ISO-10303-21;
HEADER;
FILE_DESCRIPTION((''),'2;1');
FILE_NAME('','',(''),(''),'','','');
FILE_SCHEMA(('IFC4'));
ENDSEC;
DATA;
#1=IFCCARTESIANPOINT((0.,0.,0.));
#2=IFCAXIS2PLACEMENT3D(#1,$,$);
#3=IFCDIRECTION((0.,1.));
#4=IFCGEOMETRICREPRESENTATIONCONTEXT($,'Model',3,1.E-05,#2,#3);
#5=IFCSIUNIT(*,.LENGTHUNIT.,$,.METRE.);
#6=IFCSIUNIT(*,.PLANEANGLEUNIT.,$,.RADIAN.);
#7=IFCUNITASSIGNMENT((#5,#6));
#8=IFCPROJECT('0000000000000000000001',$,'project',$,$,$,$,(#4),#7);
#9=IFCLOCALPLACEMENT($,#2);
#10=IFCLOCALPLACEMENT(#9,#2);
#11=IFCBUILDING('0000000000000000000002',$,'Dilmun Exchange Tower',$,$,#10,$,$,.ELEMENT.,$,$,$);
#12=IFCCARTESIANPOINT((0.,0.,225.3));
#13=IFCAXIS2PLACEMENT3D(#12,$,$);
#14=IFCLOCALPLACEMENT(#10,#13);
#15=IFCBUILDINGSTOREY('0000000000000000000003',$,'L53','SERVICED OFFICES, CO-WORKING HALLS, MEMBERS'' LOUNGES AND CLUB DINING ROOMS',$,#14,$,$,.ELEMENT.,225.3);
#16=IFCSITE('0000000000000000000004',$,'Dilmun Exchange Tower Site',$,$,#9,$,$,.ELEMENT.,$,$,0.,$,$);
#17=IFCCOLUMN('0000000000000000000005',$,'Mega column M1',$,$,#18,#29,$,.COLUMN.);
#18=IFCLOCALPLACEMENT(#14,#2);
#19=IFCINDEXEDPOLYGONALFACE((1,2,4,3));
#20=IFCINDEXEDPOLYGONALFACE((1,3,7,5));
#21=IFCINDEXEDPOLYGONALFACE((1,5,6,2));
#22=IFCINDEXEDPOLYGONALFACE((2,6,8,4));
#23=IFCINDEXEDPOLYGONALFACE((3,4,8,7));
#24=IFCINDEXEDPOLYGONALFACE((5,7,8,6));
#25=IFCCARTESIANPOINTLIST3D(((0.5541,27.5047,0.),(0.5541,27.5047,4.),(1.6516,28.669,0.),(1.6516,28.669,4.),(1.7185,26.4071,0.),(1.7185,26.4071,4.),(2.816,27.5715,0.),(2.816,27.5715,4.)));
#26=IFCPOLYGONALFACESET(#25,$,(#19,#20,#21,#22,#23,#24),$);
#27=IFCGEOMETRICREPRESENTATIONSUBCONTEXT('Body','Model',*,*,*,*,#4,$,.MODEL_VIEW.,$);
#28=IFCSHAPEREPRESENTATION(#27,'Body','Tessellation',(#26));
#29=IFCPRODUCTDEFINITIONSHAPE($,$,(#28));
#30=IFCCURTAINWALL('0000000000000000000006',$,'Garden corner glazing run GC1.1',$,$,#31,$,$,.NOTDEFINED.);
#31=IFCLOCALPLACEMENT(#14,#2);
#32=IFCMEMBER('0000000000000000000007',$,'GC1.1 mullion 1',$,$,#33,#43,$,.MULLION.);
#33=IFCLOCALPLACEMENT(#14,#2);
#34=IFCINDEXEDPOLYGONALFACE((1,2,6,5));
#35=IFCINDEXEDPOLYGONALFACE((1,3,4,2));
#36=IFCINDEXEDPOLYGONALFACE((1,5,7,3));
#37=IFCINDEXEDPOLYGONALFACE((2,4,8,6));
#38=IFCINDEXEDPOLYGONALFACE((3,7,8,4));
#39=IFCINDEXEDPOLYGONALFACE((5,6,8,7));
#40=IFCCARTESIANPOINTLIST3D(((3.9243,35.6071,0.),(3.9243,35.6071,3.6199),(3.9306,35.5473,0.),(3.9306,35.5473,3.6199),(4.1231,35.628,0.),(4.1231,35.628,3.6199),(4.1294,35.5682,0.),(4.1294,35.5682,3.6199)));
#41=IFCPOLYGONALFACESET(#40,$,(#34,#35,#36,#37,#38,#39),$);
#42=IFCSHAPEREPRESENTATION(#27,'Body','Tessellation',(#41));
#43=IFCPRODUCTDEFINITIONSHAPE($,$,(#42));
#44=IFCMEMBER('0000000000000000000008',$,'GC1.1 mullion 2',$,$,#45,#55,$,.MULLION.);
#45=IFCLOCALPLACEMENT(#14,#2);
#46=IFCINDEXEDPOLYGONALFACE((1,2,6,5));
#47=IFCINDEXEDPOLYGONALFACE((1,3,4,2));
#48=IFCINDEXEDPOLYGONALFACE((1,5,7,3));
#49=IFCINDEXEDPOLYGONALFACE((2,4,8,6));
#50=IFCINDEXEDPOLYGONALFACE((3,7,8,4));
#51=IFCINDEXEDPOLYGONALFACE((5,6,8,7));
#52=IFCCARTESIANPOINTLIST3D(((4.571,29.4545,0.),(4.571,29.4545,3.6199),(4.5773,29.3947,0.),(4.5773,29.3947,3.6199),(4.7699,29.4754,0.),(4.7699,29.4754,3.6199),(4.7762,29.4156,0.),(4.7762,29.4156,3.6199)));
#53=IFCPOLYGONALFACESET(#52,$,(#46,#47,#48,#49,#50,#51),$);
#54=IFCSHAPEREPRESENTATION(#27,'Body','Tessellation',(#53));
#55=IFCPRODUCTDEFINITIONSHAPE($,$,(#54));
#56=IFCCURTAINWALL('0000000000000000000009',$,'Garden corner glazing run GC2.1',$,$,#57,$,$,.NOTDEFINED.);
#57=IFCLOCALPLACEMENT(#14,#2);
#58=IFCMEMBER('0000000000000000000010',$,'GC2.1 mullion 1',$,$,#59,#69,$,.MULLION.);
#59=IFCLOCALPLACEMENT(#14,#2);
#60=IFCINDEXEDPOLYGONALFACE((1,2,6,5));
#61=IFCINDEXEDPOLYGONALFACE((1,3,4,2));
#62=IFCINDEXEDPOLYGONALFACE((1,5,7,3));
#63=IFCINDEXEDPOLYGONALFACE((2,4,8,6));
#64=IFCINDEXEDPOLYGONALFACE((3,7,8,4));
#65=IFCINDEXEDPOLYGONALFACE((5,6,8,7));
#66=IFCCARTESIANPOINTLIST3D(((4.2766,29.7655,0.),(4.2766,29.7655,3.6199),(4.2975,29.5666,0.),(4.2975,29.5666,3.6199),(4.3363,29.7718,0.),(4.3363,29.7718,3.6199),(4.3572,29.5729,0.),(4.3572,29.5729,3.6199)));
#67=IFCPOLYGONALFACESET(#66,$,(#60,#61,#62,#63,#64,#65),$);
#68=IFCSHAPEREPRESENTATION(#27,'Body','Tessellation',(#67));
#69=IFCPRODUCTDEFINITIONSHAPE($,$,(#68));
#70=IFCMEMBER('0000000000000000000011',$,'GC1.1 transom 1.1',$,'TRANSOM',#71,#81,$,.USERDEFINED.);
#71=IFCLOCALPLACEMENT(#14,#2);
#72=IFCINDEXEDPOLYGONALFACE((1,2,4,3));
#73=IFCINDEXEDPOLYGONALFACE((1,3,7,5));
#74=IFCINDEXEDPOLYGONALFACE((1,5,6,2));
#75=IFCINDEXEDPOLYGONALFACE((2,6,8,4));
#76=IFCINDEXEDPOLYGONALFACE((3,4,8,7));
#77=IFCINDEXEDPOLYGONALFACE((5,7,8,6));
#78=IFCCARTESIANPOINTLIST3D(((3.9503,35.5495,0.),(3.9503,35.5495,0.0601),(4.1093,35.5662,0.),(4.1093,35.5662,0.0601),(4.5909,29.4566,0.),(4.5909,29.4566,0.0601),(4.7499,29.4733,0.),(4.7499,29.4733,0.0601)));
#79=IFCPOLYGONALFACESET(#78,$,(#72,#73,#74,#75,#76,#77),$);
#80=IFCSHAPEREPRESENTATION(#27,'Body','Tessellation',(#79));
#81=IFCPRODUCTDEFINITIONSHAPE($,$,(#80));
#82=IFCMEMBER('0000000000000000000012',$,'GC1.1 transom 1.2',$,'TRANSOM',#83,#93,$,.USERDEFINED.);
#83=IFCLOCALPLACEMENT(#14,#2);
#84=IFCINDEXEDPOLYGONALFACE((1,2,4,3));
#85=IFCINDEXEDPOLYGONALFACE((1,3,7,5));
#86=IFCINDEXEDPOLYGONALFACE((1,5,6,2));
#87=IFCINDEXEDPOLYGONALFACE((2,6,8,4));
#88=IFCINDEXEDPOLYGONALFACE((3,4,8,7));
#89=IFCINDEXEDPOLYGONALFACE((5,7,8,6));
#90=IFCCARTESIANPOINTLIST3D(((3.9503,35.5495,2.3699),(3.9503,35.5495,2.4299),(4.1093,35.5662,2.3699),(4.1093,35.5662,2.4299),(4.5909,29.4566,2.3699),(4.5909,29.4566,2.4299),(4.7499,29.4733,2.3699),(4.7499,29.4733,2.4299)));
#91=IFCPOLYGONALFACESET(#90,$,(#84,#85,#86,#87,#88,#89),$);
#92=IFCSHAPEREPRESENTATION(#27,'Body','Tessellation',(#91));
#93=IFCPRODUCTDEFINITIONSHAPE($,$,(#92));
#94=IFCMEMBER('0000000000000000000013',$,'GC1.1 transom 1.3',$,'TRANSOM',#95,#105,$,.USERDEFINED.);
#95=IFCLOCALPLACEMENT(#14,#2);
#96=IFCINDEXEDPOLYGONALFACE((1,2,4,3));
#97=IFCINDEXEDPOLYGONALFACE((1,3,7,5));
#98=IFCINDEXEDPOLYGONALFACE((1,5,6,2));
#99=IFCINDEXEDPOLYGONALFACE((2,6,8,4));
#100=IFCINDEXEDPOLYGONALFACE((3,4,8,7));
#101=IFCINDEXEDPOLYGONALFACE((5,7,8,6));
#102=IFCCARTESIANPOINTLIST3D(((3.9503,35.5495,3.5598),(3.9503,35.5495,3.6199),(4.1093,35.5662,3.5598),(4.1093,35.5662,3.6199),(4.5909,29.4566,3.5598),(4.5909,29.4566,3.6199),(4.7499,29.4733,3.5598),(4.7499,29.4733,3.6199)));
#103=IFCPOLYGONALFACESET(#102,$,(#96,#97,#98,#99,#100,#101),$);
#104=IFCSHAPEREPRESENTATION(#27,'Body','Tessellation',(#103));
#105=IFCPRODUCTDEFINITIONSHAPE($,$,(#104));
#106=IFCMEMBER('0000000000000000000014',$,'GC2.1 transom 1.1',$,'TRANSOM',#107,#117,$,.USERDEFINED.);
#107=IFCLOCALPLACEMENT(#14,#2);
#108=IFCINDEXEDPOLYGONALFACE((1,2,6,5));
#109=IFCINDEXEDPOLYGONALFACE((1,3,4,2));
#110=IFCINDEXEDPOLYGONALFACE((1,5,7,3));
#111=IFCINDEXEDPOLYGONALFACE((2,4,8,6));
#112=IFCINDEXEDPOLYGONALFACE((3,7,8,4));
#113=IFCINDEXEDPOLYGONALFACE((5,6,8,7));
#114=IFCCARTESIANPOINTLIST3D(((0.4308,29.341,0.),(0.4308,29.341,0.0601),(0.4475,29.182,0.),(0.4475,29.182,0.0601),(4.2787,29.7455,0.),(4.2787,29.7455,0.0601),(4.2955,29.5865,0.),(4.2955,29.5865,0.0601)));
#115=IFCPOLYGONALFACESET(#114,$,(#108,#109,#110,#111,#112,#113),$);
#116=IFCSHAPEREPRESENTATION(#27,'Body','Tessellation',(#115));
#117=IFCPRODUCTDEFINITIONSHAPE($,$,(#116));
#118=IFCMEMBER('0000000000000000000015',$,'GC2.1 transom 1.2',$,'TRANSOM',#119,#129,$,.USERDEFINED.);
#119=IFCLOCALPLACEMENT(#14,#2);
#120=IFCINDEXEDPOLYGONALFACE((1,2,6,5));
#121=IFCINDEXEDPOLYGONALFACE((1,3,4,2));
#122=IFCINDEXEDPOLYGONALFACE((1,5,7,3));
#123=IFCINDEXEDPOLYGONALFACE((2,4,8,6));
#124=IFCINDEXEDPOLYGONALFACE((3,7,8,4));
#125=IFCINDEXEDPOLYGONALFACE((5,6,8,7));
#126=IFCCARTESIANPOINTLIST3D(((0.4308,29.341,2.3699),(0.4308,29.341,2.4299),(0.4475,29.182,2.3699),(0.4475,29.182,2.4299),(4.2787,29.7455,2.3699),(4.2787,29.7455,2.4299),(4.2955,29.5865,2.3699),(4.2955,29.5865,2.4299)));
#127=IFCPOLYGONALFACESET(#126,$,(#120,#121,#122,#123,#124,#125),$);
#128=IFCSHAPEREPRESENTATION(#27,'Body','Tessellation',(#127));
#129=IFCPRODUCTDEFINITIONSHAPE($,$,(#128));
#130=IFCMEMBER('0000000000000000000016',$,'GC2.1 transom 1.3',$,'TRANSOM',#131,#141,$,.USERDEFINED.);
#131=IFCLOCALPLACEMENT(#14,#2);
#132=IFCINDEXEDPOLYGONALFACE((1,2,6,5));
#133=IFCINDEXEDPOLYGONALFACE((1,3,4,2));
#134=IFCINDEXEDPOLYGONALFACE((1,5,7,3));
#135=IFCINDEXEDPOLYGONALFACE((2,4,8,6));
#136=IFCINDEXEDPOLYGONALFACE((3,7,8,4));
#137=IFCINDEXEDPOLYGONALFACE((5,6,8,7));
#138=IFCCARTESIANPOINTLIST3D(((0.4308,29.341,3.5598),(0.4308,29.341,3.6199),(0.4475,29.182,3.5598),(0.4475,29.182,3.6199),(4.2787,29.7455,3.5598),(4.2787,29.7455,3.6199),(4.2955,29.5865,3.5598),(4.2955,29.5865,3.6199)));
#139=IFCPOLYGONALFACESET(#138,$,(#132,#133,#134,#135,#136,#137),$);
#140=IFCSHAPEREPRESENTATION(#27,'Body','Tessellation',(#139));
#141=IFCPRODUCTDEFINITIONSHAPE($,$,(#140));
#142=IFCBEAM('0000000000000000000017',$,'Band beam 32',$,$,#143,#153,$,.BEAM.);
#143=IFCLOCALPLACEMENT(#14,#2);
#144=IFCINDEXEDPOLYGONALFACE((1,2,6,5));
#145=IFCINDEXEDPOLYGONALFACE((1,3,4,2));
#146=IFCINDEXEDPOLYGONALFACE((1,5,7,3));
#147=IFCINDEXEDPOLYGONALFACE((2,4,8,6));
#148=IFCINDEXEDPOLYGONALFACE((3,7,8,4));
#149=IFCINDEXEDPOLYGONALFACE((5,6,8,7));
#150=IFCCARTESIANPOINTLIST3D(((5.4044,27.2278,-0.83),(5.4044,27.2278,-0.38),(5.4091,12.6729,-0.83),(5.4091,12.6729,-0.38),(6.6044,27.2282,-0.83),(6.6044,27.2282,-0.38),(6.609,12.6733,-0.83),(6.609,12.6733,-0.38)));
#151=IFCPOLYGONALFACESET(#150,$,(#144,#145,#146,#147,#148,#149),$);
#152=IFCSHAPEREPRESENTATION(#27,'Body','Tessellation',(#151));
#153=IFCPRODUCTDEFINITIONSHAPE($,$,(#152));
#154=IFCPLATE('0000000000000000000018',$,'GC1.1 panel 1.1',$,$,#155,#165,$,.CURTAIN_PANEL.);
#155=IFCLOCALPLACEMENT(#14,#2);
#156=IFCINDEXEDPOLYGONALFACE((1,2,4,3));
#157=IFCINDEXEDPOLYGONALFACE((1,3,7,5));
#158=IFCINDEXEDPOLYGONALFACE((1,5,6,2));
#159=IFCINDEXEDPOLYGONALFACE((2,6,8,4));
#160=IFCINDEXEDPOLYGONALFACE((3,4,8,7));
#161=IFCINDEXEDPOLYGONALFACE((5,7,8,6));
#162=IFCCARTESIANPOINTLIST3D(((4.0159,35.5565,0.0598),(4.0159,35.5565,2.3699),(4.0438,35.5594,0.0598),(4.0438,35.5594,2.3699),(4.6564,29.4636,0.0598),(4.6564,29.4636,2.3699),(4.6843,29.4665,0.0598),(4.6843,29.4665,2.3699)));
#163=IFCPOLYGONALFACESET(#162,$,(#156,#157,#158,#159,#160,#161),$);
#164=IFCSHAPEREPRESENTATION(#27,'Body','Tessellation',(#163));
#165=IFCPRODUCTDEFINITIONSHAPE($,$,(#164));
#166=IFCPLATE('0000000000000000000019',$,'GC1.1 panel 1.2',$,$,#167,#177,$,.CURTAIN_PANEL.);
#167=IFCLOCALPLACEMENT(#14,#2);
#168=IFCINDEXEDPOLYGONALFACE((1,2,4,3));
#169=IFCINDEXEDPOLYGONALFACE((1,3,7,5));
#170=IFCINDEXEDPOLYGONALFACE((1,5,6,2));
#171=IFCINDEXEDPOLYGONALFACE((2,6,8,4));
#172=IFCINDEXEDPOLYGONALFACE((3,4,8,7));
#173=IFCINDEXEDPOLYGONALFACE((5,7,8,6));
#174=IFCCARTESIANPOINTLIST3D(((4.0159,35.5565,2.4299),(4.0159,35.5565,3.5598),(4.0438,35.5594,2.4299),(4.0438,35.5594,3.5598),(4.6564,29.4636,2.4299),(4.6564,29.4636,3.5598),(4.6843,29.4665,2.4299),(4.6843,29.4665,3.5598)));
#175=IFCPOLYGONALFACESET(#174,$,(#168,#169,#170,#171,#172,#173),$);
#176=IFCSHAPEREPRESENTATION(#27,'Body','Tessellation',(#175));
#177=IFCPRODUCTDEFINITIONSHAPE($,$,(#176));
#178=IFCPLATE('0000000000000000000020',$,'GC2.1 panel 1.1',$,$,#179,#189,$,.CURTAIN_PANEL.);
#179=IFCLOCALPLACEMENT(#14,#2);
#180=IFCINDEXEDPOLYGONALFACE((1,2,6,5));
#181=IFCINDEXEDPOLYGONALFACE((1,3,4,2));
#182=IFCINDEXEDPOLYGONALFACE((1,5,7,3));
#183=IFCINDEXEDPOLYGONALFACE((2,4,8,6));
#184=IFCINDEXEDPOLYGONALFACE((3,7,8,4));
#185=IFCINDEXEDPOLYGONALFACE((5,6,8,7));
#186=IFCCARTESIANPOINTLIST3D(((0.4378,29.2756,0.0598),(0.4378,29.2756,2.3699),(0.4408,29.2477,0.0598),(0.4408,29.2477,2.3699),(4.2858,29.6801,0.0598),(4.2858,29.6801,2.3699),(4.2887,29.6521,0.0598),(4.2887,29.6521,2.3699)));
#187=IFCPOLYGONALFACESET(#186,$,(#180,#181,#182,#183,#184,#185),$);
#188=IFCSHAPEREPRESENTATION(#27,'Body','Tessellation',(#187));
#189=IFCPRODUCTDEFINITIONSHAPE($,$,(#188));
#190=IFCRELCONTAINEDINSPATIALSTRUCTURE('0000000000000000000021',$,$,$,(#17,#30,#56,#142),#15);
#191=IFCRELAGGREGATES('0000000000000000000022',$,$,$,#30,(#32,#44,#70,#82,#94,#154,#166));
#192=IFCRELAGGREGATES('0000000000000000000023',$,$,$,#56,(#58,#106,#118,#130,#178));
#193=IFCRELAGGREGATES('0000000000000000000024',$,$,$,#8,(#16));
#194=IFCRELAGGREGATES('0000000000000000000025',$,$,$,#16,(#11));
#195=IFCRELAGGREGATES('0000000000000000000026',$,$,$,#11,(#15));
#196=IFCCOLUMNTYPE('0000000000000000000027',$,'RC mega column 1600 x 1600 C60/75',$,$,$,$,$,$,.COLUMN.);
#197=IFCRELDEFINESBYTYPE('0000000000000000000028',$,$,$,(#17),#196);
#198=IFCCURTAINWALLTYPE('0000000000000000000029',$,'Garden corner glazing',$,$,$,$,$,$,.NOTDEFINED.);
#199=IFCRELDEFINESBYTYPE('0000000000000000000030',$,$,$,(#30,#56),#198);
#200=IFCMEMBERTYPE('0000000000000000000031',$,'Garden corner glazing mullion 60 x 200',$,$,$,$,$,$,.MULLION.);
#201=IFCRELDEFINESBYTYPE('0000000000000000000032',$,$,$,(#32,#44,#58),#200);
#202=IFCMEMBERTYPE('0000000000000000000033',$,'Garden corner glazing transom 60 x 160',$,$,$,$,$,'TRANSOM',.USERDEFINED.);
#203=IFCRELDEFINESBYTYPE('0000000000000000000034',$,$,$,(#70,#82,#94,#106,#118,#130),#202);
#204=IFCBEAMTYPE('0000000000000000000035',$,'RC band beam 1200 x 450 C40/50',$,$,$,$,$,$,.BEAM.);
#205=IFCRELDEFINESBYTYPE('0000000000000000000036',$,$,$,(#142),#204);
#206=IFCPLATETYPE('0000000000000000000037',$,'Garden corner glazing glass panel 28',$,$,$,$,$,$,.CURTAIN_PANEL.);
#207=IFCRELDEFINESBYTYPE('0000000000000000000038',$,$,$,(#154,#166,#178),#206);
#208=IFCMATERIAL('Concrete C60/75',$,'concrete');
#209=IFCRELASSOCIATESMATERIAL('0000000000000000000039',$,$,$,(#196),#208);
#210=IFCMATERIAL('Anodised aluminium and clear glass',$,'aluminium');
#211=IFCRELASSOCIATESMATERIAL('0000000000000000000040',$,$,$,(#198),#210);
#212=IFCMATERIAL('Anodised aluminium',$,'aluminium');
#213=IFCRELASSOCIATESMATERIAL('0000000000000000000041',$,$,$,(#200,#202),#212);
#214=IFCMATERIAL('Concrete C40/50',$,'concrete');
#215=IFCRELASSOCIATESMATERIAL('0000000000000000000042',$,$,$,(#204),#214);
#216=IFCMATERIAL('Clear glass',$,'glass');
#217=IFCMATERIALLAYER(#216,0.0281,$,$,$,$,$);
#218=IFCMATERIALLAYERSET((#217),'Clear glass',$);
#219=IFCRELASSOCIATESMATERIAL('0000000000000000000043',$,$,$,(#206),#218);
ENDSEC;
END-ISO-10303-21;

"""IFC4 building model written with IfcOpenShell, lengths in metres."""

from ifc_helpers import new_model, si_unit, direction, frame, origin, origin_2d, place, context, subcontext, project, spatial, rectangle, extrude, material, layer, layer_set, material_profile, profile_set, type_object, element, aggregate, save


model = new_model("IFC4")

# Units and contexts
model_context = context("Model", 3, precision=1e-05, world=origin(), true_north=direction((0.0, 1.0)))
body_context = subcontext(model_context, "Body", "Model", "MODEL_VIEW")
ifc_project = project(units=[si_unit("LENGTHUNIT", "METRE"), si_unit("PLANEANGLEUNIT", "RADIAN")], contexts=[model_context])

# Site, building, storey
site_placement = place(None, origin())
site = spatial("IfcSite", under=ifc_project, at=site_placement, Name="Dilmun Exchange Tower Site", CompositionType="ELEMENT", RefElevation=0.0)
building_placement = place(site_placement, origin())
building = spatial("IfcBuilding", under=site, at=building_placement, Name="Dilmun Exchange Tower", CompositionType="ELEMENT")
storey_placement = place(building_placement, frame((0.0, 0.0, 225.3)))
storey = spatial("IfcBuildingStorey", under=building, at=storey_placement, Name="L53", Description="SERVICED OFFICES, CO-WORKING HALLS, MEMBERS' LOUNGES AND CLUB DINING ROOMS", CompositionType="ELEMENT", Elevation=225.3)

# Column
ifc_material_1 = material(Name="Concrete C60/75", Category="concrete")
ifc_material_profile_1 = material_profile(ifc_material_1, rectangle(XDim=1.6001, YDim=1.6001, at=origin_2d()), Name="1600 x 1600")
ifc_profile_set_1 = profile_set([ifc_material_profile_1], Name="Concrete C60/75")
column_type = type_object("IfcColumnType", Name="RC mega column 1600 x 1600 C60/75", PredefinedType="COLUMN", material=ifc_profile_set_1)
column_placement = place(storey_placement, frame((1.6851, 27.5381, 0.0), z_axis=(0.0, 0.0, 1.0), x_axis=(0.685916, 0.727681, 0.0)))
element("IfcColumn", 1, at=column_placement, inside=storey, type_object=column_type, Name="Mega column M1", PredefinedType="COLUMN", context=body_context, shape_type="SweptSolid", body=[
    extrude(rectangle(XDim=1.6001, YDim=1.6001, at=origin_2d()), origin(), (0.0, 0.0, 1.0), 4.0),
])

# Curtain wall, members
ifc_material_2 = material(Name="Anodised aluminium and clear glass", Category="aluminium")
curtain_wall_type = type_object("IfcCurtainWallType", Name="Garden corner glazing", PredefinedType="NOTDEFINED", material=ifc_material_2)
curtain_wall_1_placement = place(storey_placement, origin())
curtain_wall_1 = element("IfcCurtainWall", 2, at=curtain_wall_1_placement, inside=storey, type_object=curtain_wall_type, Name="Garden corner glazing run GC1.1", PredefinedType="NOTDEFINED")
ifc_material_3 = material(Name="Anodised aluminium", Category="aluminium")
ifc_material_profile_2 = material_profile(ifc_material_3, rectangle(XDim=0.2, YDim=0.0601, at=origin_2d()), Name="AL 60x200")
ifc_profile_set_2 = profile_set([ifc_material_profile_2], Name="Anodised aluminium")
member_type_1 = type_object("IfcMemberType", Name="Garden corner glazing mullion 60 x 200", PredefinedType="MULLION", material=ifc_profile_set_2)
member_1_placement = place(storey_placement, frame((4.0269, 35.5876, 0.0), z_axis=(0.0, 0.0, 1.0), x_axis=(0.994521, 0.10454, 0.0)))
member_1 = element("IfcMember", 3, at=member_1_placement, type_object=member_type_1, Name="GC1.1 mullion 1", PredefinedType="MULLION", context=body_context, shape_type="SweptSolid", body=[
    extrude(rectangle(XDim=0.2, YDim=0.0601, at=origin_2d()), origin(), (0.0, 0.0, 1.0), 3.6199),
])
member_2_placement = place(storey_placement, frame((4.6736, 29.4351, 0.0), z_axis=(0.0, 0.0, 1.0), x_axis=(0.994521, 0.10454, 0.0)))
member_2 = element("IfcMember", 4, at=member_2_placement, type_object=member_type_1, Name="GC1.1 mullion 2", PredefinedType="MULLION", context=body_context, shape_type="SweptSolid", body=[
    extrude(rectangle(XDim=0.2, YDim=0.0601, at=origin_2d()), origin(), (0.0, 0.0, 1.0), 3.6199),
])

# Curtain wall, member
curtain_wall_2_placement = place(storey_placement, origin())
curtain_wall_2 = element("IfcCurtainWall", 5, at=curtain_wall_2_placement, inside=storey, type_object=curtain_wall_type, Name="Garden corner glazing run GC2.1", PredefinedType="NOTDEFINED")
member_3_placement = place(storey_placement, frame((4.3169, 29.6692, 0.0), z_axis=(0.0, 0.0, 1.0), x_axis=(0.104536, -0.994521, 0.0)))
member_3 = element("IfcMember", 6, at=member_3_placement, type_object=member_type_1, Name="GC2.1 mullion 1", PredefinedType="MULLION", context=body_context, shape_type="SweptSolid", body=[
    extrude(rectangle(XDim=0.2, YDim=0.0601, at=origin_2d()), origin(), (0.0, 0.0, 1.0), 3.6199),
])

# Members
ifc_material_profile_3 = material_profile(ifc_material_3, rectangle(XDim=0.1599, YDim=0.0601, at=origin_2d()), Name="AL 60x160")
ifc_profile_set_3 = profile_set([ifc_material_profile_3], Name="Anodised aluminium")
member_type_2 = type_object("IfcMemberType", Name="Garden corner glazing transom 60 x 160", ElementType="TRANSOM", PredefinedType="USERDEFINED", material=ifc_profile_set_3)
member_4_placement = place(storey_placement, frame((4.0298, 35.5579, 0.03), z_axis=(0.104569, -0.994518, 0.0), x_axis=(0.994518, 0.104569, 0.0)))
member_4 = element("IfcMember", 7, at=member_4_placement, type_object=member_type_2, Name="GC1.1 transom 1.1", ObjectType="TRANSOM", PredefinedType="USERDEFINED", context=body_context, shape_type="SweptSolid", body=[
    extrude(rectangle(XDim=0.1599, YDim=0.0601, at=origin_2d()), origin(), (0.0, 0.0, 1.0), 6.1265),
])
member_5_placement = place(storey_placement, frame((4.0298, 35.5579, 2.3999), z_axis=(0.104569, -0.994518, 0.0), x_axis=(0.994518, 0.104569, 0.0)))
member_5 = element("IfcMember", 8, at=member_5_placement, type_object=member_type_2, Name="GC1.1 transom 1.2", ObjectType="TRANSOM", PredefinedType="USERDEFINED", context=body_context, shape_type="SweptSolid", body=[
    extrude(rectangle(XDim=0.1599, YDim=0.0601, at=origin_2d()), origin(), (0.0, 0.0, 1.0), 6.1265),
])
member_6_placement = place(storey_placement, frame((4.0298, 35.5579, 3.5898), z_axis=(0.104569, -0.994518, 0.0), x_axis=(0.994518, 0.104569, 0.0)))
member_6 = element("IfcMember", 9, at=member_6_placement, type_object=member_type_2, Name="GC1.1 transom 1.3", ObjectType="TRANSOM", PredefinedType="USERDEFINED", context=body_context, shape_type="SweptSolid", body=[
    extrude(rectangle(XDim=0.1599, YDim=0.0601, at=origin_2d()), origin(), (0.0, 0.0, 1.0), 6.1265),
])
member_7_placement = place(storey_placement, frame((4.2871, 29.666, 0.03), z_axis=(-0.994519, -0.104557, 0.0), x_axis=(0.104557, -0.994519, 0.0)))
member_7 = element("IfcMember", 10, at=member_7_placement, type_object=member_type_2, Name="GC2.1 transom 1.1", ObjectType="TRANSOM", PredefinedType="USERDEFINED", context=body_context, shape_type="SweptSolid", body=[
    extrude(rectangle(XDim=0.1599, YDim=0.0601, at=origin_2d()), origin(), (0.0, 0.0, 1.0), 3.8691),
])
member_8_placement = place(storey_placement, frame((4.2871, 29.666, 2.3999), z_axis=(-0.994519, -0.104557, 0.0), x_axis=(0.104557, -0.994519, 0.0)))
member_8 = element("IfcMember", 11, at=member_8_placement, type_object=member_type_2, Name="GC2.1 transom 1.2", ObjectType="TRANSOM", PredefinedType="USERDEFINED", context=body_context, shape_type="SweptSolid", body=[
    extrude(rectangle(XDim=0.1599, YDim=0.0601, at=origin_2d()), origin(), (0.0, 0.0, 1.0), 3.8691),
])
member_9_placement = place(storey_placement, frame((4.2871, 29.666, 3.5898), z_axis=(-0.994519, -0.104557, 0.0), x_axis=(0.104557, -0.994519, 0.0)))
member_9 = element("IfcMember", 12, at=member_9_placement, type_object=member_type_2, Name="GC2.1 transom 1.3", ObjectType="TRANSOM", PredefinedType="USERDEFINED", context=body_context, shape_type="SweptSolid", body=[
    extrude(rectangle(XDim=0.1599, YDim=0.0601, at=origin_2d()), origin(), (0.0, 0.0, 1.0), 3.8691),
])

# Beam
ifc_material_4 = material(Name="Concrete C40/50", Category="concrete")
ifc_material_profile_4 = material_profile(ifc_material_4, rectangle(XDim=1.2, YDim=0.45, at=origin_2d()), Name="1200 x 450")
ifc_profile_set_4 = profile_set([ifc_material_profile_4], Name="Concrete C40/50")
beam_type = type_object("IfcBeamType", Name="RC band beam 1200 x 450 C40/50", PredefinedType="BEAM", material=ifc_profile_set_4)
beam_placement = place(storey_placement, frame((6.0044, 27.228, -0.605), z_axis=(0.000319, -1.0, 0.0), x_axis=(1.0, 0.000319, 0.0)))
element("IfcBeam", 13, at=beam_placement, inside=storey, type_object=beam_type, Name="Band beam 32", PredefinedType="BEAM", context=body_context, shape_type="SweptSolid", body=[
    extrude(rectangle(XDim=1.2, YDim=0.45, at=origin_2d()), origin(), (0.0, 0.0, 1.0), 14.5549),
])

# Plates
ifc_material_5 = material(Name="Clear glass", Category="glass")
ifc_layer = layer(ifc_material_5, 0.0281)
ifc_layer_set = layer_set([ifc_layer], Name="Clear glass")
plate_type = type_object("IfcPlateType", Name="Garden corner glazing glass panel 28", PredefinedType="CURTAIN_PANEL", material=ifc_layer_set)
plate_1_placement = place(storey_placement, frame((4.3501, 32.5115, 0.0598), z_axis=(0.0, 0.0, 1.0), x_axis=(0.10454, -0.994521, 0.0)))
plate_1 = element("IfcPlate", 14, at=plate_1_placement, type_object=plate_type, Name="GC1.1 panel 1.1", PredefinedType="CURTAIN_PANEL", context=body_context, shape_type="SweptSolid", body=[
    extrude(rectangle(XDim=6.1265, YDim=0.0281, at=origin_2d()), origin(), (0.0, 0.0, 1.0), 2.3101),
])
plate_2_placement = place(storey_placement, frame((4.3501, 32.5115, 2.4299), z_axis=(0.0, 0.0, 1.0), x_axis=(0.10454, -0.994521, 0.0)))
plate_2 = element("IfcPlate", 15, at=plate_2_placement, type_object=plate_type, Name="GC1.1 panel 1.2", PredefinedType="CURTAIN_PANEL", context=body_context, shape_type="SweptSolid", body=[
    extrude(rectangle(XDim=6.1265, YDim=0.0281, at=origin_2d()), origin(), (0.0, 0.0, 1.0), 1.1299),
])
aggregate(curtain_wall_1, [member_1, member_2, member_4, member_5, member_6, plate_1, plate_2])
plate_3_placement = place(storey_placement, frame((2.3633, 29.4639, 0.0598), z_axis=(0.0, 0.0, 1.0), x_axis=(-0.994521, -0.104536, 0.0)))
plate_3 = element("IfcPlate", 16, at=plate_3_placement, type_object=plate_type, Name="GC2.1 panel 1.1", PredefinedType="CURTAIN_PANEL", context=body_context, shape_type="SweptSolid", body=[
    extrude(rectangle(XDim=3.8691, YDim=0.0281, at=origin_2d()), origin(), (0.0, 0.0, 1.0), 2.3101),
])
aggregate(curtain_wall_2, [member_3, member_7, member_8, member_9, plate_3])

save(model, "model.ifc")
